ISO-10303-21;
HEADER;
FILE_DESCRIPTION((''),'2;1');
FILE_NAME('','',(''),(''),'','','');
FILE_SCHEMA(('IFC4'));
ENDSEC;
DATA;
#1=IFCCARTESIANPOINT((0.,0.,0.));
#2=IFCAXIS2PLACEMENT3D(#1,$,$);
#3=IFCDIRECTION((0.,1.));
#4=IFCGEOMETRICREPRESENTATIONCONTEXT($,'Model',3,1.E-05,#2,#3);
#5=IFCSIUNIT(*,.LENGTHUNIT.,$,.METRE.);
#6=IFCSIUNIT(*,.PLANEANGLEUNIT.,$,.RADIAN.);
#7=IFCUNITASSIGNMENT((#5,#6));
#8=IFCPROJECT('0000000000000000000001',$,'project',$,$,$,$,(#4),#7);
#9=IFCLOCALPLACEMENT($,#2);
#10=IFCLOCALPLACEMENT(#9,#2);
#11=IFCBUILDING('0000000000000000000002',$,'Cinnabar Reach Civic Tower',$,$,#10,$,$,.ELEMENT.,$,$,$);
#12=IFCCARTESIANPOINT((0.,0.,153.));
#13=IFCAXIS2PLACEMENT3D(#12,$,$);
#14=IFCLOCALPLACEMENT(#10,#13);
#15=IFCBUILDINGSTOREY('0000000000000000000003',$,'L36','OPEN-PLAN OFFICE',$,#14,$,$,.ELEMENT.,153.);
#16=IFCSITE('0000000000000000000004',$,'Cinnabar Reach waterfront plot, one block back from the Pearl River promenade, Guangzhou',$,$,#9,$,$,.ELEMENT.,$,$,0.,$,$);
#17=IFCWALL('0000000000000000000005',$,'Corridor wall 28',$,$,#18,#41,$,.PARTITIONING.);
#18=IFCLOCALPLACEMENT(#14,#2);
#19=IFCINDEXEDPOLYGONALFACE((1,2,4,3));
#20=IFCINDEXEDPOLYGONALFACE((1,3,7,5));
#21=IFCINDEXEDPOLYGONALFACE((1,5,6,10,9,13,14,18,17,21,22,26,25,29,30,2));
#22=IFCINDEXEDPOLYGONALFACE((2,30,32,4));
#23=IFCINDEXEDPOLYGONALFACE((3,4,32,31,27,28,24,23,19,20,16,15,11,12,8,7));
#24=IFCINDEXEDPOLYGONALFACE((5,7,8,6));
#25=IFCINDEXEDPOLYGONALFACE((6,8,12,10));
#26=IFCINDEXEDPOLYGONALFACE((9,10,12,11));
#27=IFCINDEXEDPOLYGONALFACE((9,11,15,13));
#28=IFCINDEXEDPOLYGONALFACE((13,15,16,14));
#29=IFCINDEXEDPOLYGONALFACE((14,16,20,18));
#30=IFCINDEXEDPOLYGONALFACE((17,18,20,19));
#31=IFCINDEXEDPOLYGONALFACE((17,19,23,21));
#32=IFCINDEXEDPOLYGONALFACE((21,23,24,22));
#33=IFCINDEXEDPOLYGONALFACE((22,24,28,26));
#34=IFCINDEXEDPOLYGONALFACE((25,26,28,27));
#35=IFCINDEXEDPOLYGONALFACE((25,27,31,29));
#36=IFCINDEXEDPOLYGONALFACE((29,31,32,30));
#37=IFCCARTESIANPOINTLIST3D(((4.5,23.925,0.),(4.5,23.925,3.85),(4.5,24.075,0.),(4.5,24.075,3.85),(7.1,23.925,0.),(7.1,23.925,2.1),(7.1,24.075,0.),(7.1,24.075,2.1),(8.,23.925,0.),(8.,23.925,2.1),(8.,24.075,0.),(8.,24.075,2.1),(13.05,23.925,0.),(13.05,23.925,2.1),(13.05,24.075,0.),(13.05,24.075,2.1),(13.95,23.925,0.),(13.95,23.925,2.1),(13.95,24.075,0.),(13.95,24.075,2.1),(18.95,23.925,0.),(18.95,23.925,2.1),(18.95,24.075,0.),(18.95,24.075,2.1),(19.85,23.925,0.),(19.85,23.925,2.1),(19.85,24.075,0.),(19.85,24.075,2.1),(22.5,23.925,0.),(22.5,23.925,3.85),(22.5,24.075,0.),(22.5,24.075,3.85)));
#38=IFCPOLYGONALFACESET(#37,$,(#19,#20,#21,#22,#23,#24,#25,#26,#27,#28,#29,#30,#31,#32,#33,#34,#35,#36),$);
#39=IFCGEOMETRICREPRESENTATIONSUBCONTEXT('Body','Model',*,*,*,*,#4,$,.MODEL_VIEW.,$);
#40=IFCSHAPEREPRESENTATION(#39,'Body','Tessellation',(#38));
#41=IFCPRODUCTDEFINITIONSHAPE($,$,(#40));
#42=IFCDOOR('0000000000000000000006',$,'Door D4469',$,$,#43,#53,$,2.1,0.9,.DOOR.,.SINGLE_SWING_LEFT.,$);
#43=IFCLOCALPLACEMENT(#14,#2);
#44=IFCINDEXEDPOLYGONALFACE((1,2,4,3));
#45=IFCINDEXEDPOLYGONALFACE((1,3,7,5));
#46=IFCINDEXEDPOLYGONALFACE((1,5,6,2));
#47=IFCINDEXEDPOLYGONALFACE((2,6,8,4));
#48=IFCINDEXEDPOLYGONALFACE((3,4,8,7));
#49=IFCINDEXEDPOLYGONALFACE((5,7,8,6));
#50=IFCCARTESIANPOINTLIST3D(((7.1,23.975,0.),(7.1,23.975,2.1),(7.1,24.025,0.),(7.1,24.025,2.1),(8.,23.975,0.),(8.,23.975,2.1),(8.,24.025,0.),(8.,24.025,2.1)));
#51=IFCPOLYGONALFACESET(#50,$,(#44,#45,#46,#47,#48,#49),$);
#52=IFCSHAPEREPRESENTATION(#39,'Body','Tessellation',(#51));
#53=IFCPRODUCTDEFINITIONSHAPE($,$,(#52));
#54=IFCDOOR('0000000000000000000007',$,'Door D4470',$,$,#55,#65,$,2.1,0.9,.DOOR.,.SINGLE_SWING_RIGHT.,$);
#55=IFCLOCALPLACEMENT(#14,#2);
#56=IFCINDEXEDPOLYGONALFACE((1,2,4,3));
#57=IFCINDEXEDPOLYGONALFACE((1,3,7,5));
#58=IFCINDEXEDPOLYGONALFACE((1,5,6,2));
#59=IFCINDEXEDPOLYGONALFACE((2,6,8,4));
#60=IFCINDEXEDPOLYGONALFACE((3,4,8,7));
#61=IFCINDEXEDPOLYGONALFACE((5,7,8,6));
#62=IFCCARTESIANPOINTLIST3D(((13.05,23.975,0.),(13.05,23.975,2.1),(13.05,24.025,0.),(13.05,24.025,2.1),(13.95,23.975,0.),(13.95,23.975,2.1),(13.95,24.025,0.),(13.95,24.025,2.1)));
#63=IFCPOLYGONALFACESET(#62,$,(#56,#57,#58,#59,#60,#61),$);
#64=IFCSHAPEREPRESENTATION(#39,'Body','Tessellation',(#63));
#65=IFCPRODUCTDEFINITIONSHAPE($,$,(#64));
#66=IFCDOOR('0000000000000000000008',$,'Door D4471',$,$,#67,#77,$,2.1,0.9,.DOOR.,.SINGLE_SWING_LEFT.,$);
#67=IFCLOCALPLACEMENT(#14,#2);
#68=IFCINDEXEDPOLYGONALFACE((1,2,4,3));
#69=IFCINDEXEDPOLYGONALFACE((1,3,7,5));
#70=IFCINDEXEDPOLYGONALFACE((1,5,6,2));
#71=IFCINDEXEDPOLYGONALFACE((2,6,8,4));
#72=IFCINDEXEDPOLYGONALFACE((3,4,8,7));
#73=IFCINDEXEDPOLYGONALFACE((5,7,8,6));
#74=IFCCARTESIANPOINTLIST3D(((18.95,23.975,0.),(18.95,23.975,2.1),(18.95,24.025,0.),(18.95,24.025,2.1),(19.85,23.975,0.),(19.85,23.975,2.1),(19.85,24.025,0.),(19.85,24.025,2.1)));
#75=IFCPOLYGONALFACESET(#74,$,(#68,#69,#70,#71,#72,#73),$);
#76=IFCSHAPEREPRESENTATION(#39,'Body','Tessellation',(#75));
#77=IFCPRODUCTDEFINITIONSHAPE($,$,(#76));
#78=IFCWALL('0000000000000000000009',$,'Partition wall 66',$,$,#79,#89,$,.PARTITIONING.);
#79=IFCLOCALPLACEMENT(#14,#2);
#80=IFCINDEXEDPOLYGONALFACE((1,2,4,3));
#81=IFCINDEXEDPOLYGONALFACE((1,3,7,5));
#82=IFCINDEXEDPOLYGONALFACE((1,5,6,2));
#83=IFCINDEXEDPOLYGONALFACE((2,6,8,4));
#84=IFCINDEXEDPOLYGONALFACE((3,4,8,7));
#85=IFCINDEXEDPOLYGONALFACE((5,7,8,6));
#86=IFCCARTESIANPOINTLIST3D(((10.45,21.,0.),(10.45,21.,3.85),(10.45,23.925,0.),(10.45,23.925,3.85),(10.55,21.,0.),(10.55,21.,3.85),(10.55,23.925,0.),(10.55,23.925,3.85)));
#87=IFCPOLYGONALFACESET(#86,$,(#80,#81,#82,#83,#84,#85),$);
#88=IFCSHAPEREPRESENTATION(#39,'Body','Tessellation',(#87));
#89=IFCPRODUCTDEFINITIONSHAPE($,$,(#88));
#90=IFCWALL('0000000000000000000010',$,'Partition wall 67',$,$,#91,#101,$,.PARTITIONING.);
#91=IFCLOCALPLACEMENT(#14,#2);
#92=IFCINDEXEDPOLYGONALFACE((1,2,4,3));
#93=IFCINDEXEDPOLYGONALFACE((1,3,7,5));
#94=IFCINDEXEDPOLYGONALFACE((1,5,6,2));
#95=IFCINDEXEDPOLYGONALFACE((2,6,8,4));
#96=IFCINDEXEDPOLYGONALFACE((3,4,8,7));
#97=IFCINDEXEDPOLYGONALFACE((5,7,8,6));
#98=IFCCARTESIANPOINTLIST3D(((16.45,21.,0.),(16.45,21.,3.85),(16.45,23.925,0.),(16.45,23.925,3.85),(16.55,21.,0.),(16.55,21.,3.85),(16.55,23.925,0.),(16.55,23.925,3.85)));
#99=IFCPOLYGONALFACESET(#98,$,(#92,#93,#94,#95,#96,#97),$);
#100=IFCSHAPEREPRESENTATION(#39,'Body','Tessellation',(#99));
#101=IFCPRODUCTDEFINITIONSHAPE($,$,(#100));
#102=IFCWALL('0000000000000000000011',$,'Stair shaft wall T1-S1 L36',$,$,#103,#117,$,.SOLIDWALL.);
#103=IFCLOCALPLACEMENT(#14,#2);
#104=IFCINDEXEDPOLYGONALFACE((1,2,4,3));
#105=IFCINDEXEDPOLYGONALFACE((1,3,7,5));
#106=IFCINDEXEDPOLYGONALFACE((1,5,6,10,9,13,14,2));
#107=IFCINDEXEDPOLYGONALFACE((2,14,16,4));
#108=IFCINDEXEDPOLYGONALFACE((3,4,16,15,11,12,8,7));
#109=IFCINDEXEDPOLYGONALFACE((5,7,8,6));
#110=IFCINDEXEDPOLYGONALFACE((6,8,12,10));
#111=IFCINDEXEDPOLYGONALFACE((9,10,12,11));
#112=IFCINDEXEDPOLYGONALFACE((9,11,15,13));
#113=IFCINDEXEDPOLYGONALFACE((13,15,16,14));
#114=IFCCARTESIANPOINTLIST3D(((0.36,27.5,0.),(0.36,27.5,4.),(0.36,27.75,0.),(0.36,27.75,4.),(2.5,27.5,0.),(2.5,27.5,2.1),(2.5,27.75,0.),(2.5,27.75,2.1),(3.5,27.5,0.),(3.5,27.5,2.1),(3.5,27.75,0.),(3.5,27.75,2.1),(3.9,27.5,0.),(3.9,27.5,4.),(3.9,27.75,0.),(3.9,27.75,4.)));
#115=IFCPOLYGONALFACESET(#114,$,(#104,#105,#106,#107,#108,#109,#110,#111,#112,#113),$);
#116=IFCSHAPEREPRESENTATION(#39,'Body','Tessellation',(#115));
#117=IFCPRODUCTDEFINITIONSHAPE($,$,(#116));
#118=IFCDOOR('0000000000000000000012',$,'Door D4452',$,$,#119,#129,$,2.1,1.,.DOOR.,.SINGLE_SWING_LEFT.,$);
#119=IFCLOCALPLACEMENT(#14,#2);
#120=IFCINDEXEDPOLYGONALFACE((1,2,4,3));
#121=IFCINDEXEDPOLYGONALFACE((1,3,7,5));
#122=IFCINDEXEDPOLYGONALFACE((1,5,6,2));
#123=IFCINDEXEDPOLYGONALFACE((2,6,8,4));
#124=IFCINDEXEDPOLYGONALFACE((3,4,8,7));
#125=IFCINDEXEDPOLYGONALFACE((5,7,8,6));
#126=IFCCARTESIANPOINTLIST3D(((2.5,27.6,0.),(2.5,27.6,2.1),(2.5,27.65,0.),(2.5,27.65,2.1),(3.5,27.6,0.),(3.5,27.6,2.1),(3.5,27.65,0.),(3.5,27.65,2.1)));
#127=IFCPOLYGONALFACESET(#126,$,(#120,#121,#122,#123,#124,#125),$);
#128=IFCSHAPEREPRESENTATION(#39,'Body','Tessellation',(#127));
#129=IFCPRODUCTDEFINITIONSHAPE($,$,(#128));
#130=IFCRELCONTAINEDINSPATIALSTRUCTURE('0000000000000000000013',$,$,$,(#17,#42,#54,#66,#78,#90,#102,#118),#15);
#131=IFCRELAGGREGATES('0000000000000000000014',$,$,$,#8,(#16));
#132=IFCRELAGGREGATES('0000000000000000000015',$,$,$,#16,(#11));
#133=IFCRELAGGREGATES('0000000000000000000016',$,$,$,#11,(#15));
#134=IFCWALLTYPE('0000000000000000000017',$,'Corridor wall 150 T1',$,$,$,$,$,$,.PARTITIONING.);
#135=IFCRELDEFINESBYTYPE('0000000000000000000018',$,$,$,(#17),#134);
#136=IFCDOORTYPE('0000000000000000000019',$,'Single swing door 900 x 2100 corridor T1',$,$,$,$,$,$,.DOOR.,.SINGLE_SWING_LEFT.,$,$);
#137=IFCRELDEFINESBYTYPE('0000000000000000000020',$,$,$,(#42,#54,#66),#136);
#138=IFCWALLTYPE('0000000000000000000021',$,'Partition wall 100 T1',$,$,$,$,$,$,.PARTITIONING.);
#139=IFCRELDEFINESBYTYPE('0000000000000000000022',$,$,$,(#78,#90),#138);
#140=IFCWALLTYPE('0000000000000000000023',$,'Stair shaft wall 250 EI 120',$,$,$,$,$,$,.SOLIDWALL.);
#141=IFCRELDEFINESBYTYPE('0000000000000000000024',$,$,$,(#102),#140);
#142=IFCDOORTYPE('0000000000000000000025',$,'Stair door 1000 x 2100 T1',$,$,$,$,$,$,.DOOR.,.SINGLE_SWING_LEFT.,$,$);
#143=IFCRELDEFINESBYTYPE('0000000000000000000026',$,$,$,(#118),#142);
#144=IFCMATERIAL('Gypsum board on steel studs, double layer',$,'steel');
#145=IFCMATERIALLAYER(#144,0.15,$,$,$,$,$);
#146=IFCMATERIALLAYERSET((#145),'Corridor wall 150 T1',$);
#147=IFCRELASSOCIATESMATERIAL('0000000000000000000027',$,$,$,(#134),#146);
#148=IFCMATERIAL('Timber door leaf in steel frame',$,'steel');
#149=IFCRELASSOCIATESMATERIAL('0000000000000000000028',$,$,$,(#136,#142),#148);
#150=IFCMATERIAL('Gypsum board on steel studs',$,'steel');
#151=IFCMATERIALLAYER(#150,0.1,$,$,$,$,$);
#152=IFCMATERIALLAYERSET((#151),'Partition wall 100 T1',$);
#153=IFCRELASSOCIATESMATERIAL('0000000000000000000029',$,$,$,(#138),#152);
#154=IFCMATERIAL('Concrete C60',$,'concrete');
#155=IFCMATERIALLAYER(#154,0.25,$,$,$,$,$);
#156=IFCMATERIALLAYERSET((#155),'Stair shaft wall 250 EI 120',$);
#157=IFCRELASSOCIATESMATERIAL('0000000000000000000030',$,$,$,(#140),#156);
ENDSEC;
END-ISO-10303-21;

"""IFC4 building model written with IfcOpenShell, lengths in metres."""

from ifc_helpers import new_model, si_unit, direction, frame, frame_2d, origin, place, context, subcontext, project, spatial, rectangle, extrude, material, layer, layer_set, type_object, element, fill, save


model = new_model("IFC4")

# Units and contexts
model_context = context("Model", 3, precision=1e-05, world=origin(), true_north=direction((0.0, 1.0)))
body_context = subcontext(model_context, "Body", "Model", "MODEL_VIEW")
ifc_project = project(units=[si_unit("LENGTHUNIT", "METRE"), si_unit("PLANEANGLEUNIT", "RADIAN")], contexts=[model_context])

# Site, building, storey
site_placement = place(None, origin())
site = spatial("IfcSite", under=ifc_project, at=site_placement, Name="Cinnabar Reach waterfront plot, one block back from the Pearl River promenade, Guangzhou", CompositionType="ELEMENT", RefElevation=0.0)
building_placement = place(site_placement, origin())
building = spatial("IfcBuilding", under=site, at=building_placement, Name="Cinnabar Reach Civic Tower", CompositionType="ELEMENT")
storey_placement = place(building_placement, frame((0.0, 0.0, 153.0)))
storey = spatial("IfcBuildingStorey", under=building, at=storey_placement, Name="L36", Description="OPEN-PLAN OFFICE", CompositionType="ELEMENT", Elevation=153.0)

# Shared definitions
ifc_material_1 = material(Name="Gypsum board on steel studs, double layer", Category="steel")
ifc_layer_1 = layer(ifc_material_1, 0.15)
ifc_layer_set_1 = layer_set([ifc_layer_1], Name="Corridor wall 150 T1")
wall_type_1 = type_object("IfcWallType", Name="Corridor wall 150 T1", PredefinedType="PARTITIONING", material=ifc_layer_set_1)
ifc_material_2 = material(Name="Timber door leaf in steel frame", Category="steel")
door_type_1 = type_object("IfcDoorType", Name="Single swing door 900 x 2100 corridor T1", OperationType="SINGLE_SWING_LEFT", PredefinedType="DOOR", material=ifc_material_2)

# Wall, openings, doors
wall_1_placement = place(storey_placement, frame((4.5, 24.0, 0.0), z_axis=(0.0, 0.0, 1.0), x_axis=(1.0, 0.0, 0.0)))
wall_1 = element("IfcWall", 1, at=wall_1_placement, inside=storey, type_object=wall_type_1, Name="Corridor wall 28", PredefinedType="PARTITIONING", context=body_context, shape_type="SweptSolid", body=[
    extrude(rectangle(XDim=18.0, YDim=0.15, at=frame_2d((9.0, 0.0))), origin(), (0.0, 0.0, 1.0), 3.85),
])
opening_1_placement = place(wall_1_placement, frame((2.6, 0.0, 0.0)))
opening_1 = element("IfcOpeningElement", 2, at=opening_1_placement, cuts=wall_1, PredefinedType="OPENING", context=body_context, shape_type="SweptSolid", body=[
    extrude(rectangle(XDim=0.9, YDim=2.1, at=frame_2d((0.45, 1.05))), frame((0.0, 0.085, 0.0), z_axis=(0.0, -1.0, 0.0), x_axis=(1.0, 0.0, 0.0)), (0.0, 0.0, 1.0), 0.17),
])
opening_2_placement = place(wall_1_placement, frame((8.55, 0.0, 0.0)))
opening_2 = element("IfcOpeningElement", 3, at=opening_2_placement, cuts=wall_1, PredefinedType="OPENING", context=body_context, shape_type="SweptSolid", body=[
    extrude(rectangle(XDim=0.9, YDim=2.1, at=frame_2d((0.45, 1.05))), frame((0.0, 0.085, 0.0), z_axis=(0.0, -1.0, 0.0), x_axis=(1.0, 0.0, 0.0)), (0.0, 0.0, 1.0), 0.17),
])
opening_3_placement = place(wall_1_placement, frame((14.45, 0.0, 0.0)))
opening_3 = element("IfcOpeningElement", 4, at=opening_3_placement, cuts=wall_1, PredefinedType="OPENING", context=body_context, shape_type="SweptSolid", body=[
    extrude(rectangle(XDim=0.9, YDim=2.1, at=frame_2d((0.45, 1.05))), frame((0.0, 0.085, 0.0), z_axis=(0.0, -1.0, 0.0), x_axis=(1.0, 0.0, 0.0)), (0.0, 0.0, 1.0), 0.17),
])
door_1_placement = place(opening_1_placement, frame((0.9, 0.0, 0.0), z_axis=(0.0, 0.0, 1.0), x_axis=(-1.0, 0.0, 0.0)))
door_1 = element("IfcDoor", 5, at=door_1_placement, inside=storey, type_object=door_type_1, Name="Door D4469", OperationType="SINGLE_SWING_LEFT", OverallHeight=2.1, OverallWidth=0.9, PredefinedType="DOOR", context=body_context, shape_type="SweptSolid", body=[
    extrude(rectangle(XDim=0.9, YDim=2.1, at=frame_2d((0.45, 1.05))), frame((0.0, 0.025, 0.0), z_axis=(0.0, -1.0, 0.0), x_axis=(1.0, 0.0, 0.0)), (0.0, 0.0, 1.0), 0.05),
])
fill(opening_1, door_1)
door_2_placement = place(opening_2_placement, frame((0.9, 0.0, 0.0), z_axis=(0.0, 0.0, 1.0), x_axis=(-1.0, 0.0, 0.0)))
door_2 = element("IfcDoor", 6, at=door_2_placement, inside=storey, type_object=door_type_1, Name="Door D4470", OperationType="SINGLE_SWING_RIGHT", OverallHeight=2.1, OverallWidth=0.9, PredefinedType="DOOR", context=body_context, shape_type="SweptSolid", body=[
    extrude(rectangle(XDim=0.9, YDim=2.1, at=frame_2d((0.45, 1.05))), frame((0.0, 0.025, 0.0), z_axis=(0.0, -1.0, 0.0), x_axis=(1.0, 0.0, 0.0)), (0.0, 0.0, 1.0), 0.05),
])
fill(opening_2, door_2)
door_3_placement = place(opening_3_placement, frame((0.9, 0.0, 0.0), z_axis=(0.0, 0.0, 1.0), x_axis=(-1.0, 0.0, 0.0)))
door_3 = element("IfcDoor", 7, at=door_3_placement, inside=storey, type_object=door_type_1, Name="Door D4471", OperationType="SINGLE_SWING_LEFT", OverallHeight=2.1, OverallWidth=0.9, PredefinedType="DOOR", context=body_context, shape_type="SweptSolid", body=[
    extrude(rectangle(XDim=0.9, YDim=2.1, at=frame_2d((0.45, 1.05))), frame((0.0, 0.025, 0.0), z_axis=(0.0, -1.0, 0.0), x_axis=(1.0, 0.0, 0.0)), (0.0, 0.0, 1.0), 0.05),
])
fill(opening_3, door_3)

# Walls
ifc_material_3 = material(Name="Gypsum board on steel studs", Category="steel")
ifc_layer_2 = layer(ifc_material_3, 0.1)
ifc_layer_set_2 = layer_set([ifc_layer_2], Name="Partition wall 100 T1")
wall_type_2 = type_object("IfcWallType", Name="Partition wall 100 T1", PredefinedType="PARTITIONING", material=ifc_layer_set_2)
for number, where, z_axis, x_axis, name in (
    (8, (10.5, 21.0, 0.0), (0.0, 0.0, 1.0), (0.0, 1.0, 0.0), "Partition wall 66"),
    (9, (16.5, 21.0, 0.0), (0.0, 0.0, 1.0), (0.0, 1.0, 0.0), "Partition wall 67"),
):
    element("IfcWall", number, at=place(storey_placement, frame(where, z_axis=z_axis, x_axis=x_axis)), inside=storey, type_object=wall_type_2, Name=name, PredefinedType="PARTITIONING", context=body_context, shape_type="SweptSolid", body=[
        extrude(rectangle(XDim=2.925, YDim=0.1, at=frame_2d((1.4625, 0.0))), origin(), (0.0, 0.0, 1.0), 3.85),
    ])

# Wall, opening, door
ifc_material_4 = material(Name="Concrete C60", Category="concrete")
ifc_layer_3 = layer(ifc_material_4, 0.25)
ifc_layer_set_3 = layer_set([ifc_layer_3], Name="Stair shaft wall 250 EI 120")
wall_type_3 = type_object("IfcWallType", Name="Stair shaft wall 250 EI 120", PredefinedType="SOLIDWALL", material=ifc_layer_set_3)
wall_2_placement = place(storey_placement, frame((3.9, 27.625, 0.0), z_axis=(0.0, 0.0, 1.0), x_axis=(-1.0, 0.0, 0.0)))
wall_2 = element("IfcWall", 10, at=wall_2_placement, inside=storey, type_object=wall_type_3, Name="Stair shaft wall T1-S1 L36", PredefinedType="SOLIDWALL", context=body_context, shape_type="SweptSolid", body=[
    extrude(rectangle(XDim=3.54, YDim=0.25, at=frame_2d((1.77, 0.0))), origin(), (0.0, 0.0, 1.0), 4.0),
])
opening_4_placement = place(wall_2_placement, frame((0.4, 0.0, 0.0)))
opening_4 = element("IfcOpeningElement", 11, at=opening_4_placement, cuts=wall_2, PredefinedType="OPENING", context=body_context, shape_type="SweptSolid", body=[
    extrude(rectangle(XDim=1.0, YDim=2.1, at=frame_2d((0.5, 1.05))), frame((0.0, 0.135, 0.0), z_axis=(0.0, -1.0, 0.0), x_axis=(1.0, 0.0, 0.0)), (0.0, 0.0, 1.0), 0.27),
])
door_type_2 = type_object("IfcDoorType", Name="Stair door 1000 x 2100 T1", OperationType="SINGLE_SWING_LEFT", PredefinedType="DOOR", material=ifc_material_2)
door_4_placement = place(opening_4_placement, origin())
door_4 = element("IfcDoor", 12, at=door_4_placement, inside=storey, type_object=door_type_2, Name="Door D4452", OperationType="SINGLE_SWING_LEFT", OverallHeight=2.1, OverallWidth=1.0, PredefinedType="DOOR", context=body_context, shape_type="SweptSolid", body=[
    extrude(rectangle(XDim=1.0, YDim=2.1, at=frame_2d((0.5, 1.05))), frame((0.0, 0.025, 0.0), z_axis=(0.0, -1.0, 0.0), x_axis=(1.0, 0.0, 0.0)), (0.0, 0.0, 1.0), 0.05),
])
fill(opening_4, door_4)

save(model, "model.ifc")
